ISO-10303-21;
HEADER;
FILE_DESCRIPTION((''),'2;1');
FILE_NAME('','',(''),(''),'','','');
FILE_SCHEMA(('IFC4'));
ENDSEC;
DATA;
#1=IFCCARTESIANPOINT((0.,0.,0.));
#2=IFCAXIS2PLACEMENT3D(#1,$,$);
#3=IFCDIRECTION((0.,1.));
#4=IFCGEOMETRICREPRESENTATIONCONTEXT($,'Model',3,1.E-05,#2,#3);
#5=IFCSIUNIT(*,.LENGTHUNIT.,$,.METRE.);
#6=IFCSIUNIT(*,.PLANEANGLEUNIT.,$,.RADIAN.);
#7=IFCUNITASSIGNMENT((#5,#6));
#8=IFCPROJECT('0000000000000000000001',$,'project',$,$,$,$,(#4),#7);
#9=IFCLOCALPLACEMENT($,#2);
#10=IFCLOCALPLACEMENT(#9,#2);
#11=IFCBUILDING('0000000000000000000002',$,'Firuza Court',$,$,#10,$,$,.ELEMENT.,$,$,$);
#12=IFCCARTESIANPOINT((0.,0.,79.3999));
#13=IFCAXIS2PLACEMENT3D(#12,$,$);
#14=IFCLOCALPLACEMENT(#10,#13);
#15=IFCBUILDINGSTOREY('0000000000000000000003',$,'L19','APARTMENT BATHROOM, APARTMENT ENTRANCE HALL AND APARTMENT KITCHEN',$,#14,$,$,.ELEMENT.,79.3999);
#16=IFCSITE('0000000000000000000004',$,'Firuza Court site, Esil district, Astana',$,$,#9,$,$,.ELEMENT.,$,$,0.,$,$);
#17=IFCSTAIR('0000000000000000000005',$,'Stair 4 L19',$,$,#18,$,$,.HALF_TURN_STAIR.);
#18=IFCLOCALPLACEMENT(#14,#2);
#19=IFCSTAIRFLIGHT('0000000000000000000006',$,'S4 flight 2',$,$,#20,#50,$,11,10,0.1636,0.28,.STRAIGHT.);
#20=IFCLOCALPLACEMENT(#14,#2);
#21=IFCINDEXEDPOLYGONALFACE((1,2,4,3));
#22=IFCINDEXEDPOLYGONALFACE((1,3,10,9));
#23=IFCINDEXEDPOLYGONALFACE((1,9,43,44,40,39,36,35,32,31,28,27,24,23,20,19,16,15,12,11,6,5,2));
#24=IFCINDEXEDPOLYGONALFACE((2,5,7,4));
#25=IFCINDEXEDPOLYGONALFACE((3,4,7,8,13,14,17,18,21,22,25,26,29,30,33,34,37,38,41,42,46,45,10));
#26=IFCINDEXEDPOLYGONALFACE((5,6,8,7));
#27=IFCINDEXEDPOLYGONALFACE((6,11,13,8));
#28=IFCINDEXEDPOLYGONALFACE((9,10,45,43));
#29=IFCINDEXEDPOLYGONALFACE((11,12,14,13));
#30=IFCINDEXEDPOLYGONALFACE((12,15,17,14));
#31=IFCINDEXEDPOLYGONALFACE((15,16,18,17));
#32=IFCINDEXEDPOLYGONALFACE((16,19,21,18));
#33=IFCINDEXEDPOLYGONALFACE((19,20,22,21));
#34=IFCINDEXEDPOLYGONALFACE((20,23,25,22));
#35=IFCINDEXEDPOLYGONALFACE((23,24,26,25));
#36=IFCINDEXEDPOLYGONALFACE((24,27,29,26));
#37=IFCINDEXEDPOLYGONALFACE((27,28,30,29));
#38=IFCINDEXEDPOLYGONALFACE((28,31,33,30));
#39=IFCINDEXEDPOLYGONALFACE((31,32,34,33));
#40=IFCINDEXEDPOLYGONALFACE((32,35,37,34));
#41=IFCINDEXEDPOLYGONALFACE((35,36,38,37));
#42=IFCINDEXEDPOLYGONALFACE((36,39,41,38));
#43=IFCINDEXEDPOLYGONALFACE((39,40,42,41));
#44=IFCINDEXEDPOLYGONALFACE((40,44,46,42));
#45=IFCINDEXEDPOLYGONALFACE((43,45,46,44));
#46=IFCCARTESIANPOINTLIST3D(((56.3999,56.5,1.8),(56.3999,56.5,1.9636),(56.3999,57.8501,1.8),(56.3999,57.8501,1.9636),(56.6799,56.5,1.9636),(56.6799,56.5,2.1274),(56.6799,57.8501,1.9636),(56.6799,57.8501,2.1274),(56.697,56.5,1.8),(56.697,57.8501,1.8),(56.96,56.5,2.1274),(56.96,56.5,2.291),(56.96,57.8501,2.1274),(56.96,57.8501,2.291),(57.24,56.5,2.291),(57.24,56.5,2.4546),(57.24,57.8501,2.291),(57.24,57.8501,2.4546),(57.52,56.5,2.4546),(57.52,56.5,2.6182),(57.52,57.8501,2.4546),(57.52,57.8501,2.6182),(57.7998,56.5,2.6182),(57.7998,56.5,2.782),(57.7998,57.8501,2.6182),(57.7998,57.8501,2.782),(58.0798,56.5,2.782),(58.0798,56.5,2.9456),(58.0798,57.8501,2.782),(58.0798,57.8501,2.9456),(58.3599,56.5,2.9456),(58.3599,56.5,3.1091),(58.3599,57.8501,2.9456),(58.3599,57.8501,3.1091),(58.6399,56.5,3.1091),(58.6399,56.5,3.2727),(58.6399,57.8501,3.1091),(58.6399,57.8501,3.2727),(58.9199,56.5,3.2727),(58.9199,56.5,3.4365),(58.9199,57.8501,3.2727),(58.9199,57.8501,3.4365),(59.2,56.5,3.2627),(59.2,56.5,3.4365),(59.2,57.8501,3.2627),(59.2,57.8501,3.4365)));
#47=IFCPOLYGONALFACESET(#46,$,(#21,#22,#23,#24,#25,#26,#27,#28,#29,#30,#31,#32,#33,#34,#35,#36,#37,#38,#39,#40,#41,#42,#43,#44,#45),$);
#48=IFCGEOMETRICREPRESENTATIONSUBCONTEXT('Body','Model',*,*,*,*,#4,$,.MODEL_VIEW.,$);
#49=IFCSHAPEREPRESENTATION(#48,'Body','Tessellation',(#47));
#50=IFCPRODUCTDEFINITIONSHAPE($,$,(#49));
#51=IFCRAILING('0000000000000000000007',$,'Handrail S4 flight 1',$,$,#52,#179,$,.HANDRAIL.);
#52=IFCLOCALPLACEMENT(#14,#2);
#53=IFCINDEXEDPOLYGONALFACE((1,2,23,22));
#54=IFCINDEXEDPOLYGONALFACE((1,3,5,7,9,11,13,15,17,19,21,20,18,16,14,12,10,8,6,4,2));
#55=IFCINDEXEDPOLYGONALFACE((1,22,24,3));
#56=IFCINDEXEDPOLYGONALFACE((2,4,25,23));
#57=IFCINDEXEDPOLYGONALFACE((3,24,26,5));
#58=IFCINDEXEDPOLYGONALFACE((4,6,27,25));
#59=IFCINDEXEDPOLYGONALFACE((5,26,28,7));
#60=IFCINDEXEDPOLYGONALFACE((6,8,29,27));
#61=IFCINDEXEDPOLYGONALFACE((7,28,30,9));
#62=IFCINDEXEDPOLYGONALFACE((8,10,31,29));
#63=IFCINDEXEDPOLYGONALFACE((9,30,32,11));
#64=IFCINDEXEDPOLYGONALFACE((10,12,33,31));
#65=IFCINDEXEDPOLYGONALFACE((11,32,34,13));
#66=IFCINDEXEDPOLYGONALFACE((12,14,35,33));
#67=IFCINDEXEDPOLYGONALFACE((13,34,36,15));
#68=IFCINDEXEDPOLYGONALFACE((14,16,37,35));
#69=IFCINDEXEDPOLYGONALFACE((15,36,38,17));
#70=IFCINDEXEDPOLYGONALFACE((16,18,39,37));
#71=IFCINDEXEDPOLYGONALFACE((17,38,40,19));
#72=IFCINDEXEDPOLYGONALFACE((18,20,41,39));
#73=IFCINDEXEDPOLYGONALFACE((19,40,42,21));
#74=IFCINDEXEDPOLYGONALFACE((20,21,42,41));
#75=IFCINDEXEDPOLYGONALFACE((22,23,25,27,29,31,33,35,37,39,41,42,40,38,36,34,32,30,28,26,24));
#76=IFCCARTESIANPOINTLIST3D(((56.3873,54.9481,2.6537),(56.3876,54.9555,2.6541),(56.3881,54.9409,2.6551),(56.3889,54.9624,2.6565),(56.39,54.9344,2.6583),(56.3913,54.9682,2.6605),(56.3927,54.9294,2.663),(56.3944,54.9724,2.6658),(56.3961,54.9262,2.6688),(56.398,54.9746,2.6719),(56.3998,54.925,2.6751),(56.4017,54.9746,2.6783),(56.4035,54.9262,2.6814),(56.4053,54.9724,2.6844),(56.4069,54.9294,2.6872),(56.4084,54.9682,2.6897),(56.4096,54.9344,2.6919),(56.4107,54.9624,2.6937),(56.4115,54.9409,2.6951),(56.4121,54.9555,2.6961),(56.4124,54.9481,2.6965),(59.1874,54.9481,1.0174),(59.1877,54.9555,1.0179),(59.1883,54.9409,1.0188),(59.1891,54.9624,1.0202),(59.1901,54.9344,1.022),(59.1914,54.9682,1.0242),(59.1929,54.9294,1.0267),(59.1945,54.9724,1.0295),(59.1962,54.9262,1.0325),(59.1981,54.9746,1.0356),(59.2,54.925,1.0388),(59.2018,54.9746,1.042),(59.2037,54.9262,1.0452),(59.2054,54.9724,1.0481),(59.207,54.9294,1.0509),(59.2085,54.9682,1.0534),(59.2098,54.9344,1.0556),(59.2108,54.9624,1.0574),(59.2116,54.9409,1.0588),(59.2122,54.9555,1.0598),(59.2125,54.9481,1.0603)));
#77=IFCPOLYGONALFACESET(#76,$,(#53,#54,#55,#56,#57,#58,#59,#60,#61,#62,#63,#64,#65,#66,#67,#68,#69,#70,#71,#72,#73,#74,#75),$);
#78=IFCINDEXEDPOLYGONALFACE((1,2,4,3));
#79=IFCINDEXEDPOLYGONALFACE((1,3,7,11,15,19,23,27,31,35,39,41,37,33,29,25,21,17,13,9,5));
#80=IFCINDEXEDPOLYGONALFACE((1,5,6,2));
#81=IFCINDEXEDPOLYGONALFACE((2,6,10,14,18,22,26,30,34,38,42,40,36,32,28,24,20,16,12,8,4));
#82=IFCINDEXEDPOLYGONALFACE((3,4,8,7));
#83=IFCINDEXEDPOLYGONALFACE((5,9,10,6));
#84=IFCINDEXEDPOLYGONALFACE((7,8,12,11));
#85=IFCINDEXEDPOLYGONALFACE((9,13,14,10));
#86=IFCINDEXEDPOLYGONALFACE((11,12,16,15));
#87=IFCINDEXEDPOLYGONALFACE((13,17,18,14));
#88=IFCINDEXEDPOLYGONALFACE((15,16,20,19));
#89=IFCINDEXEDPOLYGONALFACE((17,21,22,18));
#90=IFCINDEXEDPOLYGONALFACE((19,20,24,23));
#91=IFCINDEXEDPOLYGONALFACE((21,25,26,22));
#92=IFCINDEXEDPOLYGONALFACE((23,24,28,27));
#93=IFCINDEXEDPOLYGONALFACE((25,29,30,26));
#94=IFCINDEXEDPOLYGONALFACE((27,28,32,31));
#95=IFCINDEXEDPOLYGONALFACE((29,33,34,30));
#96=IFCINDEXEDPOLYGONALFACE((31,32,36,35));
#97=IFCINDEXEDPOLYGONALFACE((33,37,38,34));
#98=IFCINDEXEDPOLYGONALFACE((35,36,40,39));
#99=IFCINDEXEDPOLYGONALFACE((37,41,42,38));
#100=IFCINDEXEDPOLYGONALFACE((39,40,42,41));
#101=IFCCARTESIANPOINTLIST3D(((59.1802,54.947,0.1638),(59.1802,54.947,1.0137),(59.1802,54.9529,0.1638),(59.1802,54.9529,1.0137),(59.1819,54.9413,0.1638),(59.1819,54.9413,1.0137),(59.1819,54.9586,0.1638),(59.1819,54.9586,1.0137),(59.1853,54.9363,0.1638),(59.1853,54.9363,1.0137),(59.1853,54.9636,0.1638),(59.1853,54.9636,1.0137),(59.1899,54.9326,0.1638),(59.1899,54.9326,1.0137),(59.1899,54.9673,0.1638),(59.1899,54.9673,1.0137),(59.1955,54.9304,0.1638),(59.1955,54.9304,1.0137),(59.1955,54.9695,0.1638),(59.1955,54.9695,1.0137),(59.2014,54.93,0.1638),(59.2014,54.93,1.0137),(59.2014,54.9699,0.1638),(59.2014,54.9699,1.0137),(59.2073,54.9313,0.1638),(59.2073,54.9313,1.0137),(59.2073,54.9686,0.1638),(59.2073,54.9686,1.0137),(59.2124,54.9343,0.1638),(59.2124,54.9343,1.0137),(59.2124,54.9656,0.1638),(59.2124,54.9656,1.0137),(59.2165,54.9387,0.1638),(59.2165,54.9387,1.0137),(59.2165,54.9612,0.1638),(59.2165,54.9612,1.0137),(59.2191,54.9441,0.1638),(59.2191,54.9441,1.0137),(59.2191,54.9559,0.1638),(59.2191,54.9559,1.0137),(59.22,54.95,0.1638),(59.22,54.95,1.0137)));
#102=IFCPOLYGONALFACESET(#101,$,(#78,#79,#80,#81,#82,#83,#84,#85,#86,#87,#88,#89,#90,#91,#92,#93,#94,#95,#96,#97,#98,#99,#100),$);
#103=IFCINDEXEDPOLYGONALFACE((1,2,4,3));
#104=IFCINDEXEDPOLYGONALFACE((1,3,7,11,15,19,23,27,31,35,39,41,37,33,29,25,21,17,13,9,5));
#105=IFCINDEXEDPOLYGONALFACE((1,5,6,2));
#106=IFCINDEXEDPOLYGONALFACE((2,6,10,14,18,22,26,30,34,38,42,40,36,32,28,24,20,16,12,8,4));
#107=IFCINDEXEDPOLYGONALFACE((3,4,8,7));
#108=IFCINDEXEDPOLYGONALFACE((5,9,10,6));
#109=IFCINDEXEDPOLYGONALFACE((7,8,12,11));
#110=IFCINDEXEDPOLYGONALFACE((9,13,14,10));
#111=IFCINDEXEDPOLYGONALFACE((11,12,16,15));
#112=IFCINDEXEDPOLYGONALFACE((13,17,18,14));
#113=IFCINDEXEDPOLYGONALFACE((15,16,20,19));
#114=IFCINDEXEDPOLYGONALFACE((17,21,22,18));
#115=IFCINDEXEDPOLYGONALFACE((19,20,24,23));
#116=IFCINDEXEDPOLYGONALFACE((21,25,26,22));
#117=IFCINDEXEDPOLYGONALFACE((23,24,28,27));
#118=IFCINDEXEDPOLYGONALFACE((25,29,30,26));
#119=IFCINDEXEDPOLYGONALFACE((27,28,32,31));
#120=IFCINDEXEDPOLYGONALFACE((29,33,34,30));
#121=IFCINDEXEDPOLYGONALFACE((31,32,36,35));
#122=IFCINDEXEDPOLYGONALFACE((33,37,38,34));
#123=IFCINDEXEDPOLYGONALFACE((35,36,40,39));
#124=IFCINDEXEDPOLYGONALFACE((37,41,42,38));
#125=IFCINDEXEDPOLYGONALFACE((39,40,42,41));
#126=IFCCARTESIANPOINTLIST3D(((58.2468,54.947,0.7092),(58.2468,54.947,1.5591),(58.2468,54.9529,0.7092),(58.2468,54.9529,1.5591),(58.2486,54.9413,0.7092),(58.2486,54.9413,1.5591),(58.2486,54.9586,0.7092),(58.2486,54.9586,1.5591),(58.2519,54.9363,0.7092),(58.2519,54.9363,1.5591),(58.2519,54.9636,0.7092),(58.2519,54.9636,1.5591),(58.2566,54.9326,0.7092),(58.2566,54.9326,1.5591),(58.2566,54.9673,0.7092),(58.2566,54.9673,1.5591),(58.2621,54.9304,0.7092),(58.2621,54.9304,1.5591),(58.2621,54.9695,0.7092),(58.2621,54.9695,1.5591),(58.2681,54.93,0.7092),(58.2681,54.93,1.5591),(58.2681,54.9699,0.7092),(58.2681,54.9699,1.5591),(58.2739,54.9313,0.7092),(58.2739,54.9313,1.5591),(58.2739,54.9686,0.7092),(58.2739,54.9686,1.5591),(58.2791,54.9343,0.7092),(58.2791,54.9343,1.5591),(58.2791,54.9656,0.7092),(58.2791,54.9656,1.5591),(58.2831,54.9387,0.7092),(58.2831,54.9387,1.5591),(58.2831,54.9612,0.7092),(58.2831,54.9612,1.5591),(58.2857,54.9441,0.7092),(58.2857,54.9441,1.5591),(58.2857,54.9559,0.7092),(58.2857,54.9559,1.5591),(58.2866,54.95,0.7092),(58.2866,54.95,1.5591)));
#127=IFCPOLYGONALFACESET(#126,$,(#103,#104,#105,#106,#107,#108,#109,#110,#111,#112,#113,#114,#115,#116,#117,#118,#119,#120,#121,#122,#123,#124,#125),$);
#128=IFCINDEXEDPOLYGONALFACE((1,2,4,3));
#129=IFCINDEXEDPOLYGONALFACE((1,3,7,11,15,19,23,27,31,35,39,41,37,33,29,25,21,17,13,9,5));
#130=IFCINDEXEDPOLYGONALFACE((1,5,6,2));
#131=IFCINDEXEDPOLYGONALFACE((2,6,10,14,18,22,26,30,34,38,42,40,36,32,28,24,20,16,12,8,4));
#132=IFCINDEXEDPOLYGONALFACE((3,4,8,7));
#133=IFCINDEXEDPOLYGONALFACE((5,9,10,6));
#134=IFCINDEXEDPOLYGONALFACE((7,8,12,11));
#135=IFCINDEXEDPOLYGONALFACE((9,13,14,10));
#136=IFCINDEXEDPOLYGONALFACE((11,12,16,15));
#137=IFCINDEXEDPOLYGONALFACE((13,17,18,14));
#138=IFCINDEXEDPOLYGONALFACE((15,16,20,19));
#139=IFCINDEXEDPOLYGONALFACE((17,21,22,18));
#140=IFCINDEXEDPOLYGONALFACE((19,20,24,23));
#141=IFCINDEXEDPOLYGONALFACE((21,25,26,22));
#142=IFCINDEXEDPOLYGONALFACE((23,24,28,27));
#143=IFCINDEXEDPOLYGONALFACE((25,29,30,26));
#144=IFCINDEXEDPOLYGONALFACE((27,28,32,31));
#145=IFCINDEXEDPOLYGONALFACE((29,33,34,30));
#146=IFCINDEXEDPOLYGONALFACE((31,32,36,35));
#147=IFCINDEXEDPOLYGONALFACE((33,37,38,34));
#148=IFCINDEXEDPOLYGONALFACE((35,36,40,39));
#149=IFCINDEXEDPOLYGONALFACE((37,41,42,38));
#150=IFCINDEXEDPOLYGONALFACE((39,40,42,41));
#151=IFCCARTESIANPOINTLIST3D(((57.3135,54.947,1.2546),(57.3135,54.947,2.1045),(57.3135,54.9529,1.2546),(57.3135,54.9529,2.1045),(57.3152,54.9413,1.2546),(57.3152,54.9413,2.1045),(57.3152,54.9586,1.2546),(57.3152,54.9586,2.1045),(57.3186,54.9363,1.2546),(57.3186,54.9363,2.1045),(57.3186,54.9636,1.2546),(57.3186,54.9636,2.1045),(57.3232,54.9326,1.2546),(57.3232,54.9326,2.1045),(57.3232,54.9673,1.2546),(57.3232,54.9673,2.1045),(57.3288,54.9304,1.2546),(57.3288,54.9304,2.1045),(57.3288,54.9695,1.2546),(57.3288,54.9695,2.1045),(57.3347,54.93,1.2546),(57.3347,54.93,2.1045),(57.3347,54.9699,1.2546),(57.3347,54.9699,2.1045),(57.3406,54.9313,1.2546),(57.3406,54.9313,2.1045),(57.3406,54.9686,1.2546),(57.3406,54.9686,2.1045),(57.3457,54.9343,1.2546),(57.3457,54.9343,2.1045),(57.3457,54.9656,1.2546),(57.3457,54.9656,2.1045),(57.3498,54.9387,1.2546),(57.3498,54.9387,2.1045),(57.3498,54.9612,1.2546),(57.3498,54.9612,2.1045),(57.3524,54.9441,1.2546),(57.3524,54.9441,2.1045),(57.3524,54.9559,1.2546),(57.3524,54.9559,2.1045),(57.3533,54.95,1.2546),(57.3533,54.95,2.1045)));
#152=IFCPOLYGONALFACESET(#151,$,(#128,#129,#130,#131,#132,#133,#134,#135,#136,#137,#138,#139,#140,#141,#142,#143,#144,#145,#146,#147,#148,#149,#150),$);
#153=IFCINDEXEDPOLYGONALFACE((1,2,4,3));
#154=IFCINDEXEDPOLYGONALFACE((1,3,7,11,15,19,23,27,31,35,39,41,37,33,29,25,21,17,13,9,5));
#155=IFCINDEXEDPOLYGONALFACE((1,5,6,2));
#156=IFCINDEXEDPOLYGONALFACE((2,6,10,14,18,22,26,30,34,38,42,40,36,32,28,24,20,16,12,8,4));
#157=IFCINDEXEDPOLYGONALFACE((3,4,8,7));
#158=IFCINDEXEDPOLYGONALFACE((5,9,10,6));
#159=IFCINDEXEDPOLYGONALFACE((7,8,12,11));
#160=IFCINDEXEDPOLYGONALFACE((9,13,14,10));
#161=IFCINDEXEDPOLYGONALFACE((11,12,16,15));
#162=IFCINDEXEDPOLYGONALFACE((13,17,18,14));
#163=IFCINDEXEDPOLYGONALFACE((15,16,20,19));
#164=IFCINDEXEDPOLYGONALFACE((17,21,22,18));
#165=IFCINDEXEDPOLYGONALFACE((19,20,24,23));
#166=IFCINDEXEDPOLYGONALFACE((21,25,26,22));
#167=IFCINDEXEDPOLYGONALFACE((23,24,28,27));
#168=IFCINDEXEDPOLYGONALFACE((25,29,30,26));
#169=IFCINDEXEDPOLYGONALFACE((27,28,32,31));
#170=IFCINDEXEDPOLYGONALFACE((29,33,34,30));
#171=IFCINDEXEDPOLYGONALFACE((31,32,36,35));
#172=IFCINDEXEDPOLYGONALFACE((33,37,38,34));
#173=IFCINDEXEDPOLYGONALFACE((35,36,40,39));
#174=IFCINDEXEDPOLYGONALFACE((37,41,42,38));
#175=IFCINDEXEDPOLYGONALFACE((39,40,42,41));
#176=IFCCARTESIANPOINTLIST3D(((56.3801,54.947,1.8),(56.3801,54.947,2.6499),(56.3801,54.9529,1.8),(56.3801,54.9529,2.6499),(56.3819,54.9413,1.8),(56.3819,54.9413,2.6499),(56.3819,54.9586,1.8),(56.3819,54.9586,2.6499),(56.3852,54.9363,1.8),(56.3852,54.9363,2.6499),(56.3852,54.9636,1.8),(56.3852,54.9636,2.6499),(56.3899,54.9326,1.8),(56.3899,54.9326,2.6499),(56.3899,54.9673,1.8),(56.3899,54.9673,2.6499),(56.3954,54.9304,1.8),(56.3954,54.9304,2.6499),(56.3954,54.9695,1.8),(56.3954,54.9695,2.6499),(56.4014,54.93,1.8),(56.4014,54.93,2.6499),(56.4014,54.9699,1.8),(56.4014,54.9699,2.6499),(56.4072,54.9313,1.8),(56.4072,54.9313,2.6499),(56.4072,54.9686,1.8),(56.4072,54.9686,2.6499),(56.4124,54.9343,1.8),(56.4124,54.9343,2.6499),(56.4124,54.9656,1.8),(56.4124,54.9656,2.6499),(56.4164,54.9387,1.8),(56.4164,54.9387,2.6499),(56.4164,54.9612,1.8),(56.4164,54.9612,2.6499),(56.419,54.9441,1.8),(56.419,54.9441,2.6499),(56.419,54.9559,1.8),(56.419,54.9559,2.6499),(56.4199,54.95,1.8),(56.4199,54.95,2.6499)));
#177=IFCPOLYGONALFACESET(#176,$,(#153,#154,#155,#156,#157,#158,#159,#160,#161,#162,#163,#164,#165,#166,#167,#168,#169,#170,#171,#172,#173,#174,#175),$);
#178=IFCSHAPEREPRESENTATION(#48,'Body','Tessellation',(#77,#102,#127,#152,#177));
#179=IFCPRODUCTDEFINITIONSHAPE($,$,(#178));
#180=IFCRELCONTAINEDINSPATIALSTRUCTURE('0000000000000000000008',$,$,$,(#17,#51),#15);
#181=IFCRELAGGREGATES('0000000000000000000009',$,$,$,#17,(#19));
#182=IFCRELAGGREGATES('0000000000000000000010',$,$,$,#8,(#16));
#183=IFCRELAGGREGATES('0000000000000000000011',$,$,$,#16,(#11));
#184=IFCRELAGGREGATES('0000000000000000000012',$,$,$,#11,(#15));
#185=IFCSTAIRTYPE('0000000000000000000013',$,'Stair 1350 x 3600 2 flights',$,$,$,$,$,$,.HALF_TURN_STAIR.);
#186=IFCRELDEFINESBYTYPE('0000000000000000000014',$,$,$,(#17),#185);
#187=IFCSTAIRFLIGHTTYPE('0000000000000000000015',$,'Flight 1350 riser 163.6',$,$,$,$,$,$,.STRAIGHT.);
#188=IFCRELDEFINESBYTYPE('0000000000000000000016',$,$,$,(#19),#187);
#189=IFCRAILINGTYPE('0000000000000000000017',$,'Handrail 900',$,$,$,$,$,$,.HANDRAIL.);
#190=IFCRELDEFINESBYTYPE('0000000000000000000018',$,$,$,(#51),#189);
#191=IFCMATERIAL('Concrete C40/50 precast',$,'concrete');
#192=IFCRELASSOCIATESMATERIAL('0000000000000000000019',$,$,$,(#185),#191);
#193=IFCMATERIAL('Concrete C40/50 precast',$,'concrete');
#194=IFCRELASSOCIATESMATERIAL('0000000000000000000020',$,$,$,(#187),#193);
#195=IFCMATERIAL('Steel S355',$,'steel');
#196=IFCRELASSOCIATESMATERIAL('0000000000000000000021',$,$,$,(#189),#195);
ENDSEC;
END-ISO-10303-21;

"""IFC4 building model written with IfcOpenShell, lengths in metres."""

from ifc_helpers import new_model, si_unit, direction, frame, origin, origin_2d, place, context, subcontext, project, spatial, polyline, circle, outline, extrude, material, type_object, element, aggregate, save


model = new_model("IFC4")

# Units and contexts
model_context = context("Model", 3, precision=1e-05, world=origin(), true_north=direction((0.0, 1.0)))
body_context = subcontext(model_context, "Body", "Model", "MODEL_VIEW")
ifc_project = project(units=[si_unit("LENGTHUNIT", "METRE"), si_unit("PLANEANGLEUNIT", "RADIAN")], contexts=[model_context])

# Site, building, storey
site_placement = place(None, origin())
site = spatial("IfcSite", under=ifc_project, at=site_placement, Name="Firuza Court site, Esil district, Astana", CompositionType="ELEMENT", RefElevation=0.0)
building_placement = place(site_placement, origin())
building = spatial("IfcBuilding", under=site, at=building_placement, Name="Firuza Court", CompositionType="ELEMENT")
storey_placement = place(building_placement, frame((0.0, 0.0, 79.3999)))
storey = spatial("IfcBuildingStorey", under=building, at=storey_placement, Name="L19", Description="APARTMENT BATHROOM, APARTMENT ENTRANCE HALL AND APARTMENT KITCHEN", CompositionType="ELEMENT", Elevation=79.3999)

# Stair, stair flight
ifc_material_1 = material(Name="Concrete C40/50 precast", Category="concrete")
stair_type = type_object("IfcStairType", Name="Stair 1350 x 3600 2 flights", PredefinedType="HALF_TURN_STAIR", material=ifc_material_1)
stair_placement = place(storey_placement, origin())
stair = element("IfcStair", 1, at=stair_placement, inside=storey, type_object=stair_type, Name="Stair 4 L19", PredefinedType="HALF_TURN_STAIR")
ifc_material_2 = material(Name="Concrete C40/50 precast", Category="concrete")
stair_flight_type = type_object("IfcStairFlightType", Name="Flight 1350 riser 163.6", PredefinedType="STRAIGHT", material=ifc_material_2)
stair_flight_1_placement = place(storey_placement, frame((56.3999, 57.175, 1.8), z_axis=(0.0, 0.0, 1.0), x_axis=(1.0, 0.0, 0.0)))
stair_flight_1 = element("IfcStairFlight", 2, at=stair_flight_1_placement, type_object=stair_flight_type, Name="S4 flight 2", NumberOfRisers=11, NumberOfTreads=10, PredefinedType="STRAIGHT", RiserHeight=0.1636, TreadLength=0.28, context=body_context, shape_type="SweptSolid", body=[
    extrude(outline(polyline([(0.0, 0.0), (0.0, 0.1636), (0.28, 0.1636), (0.28, 0.3274), (0.5601, 0.3274), (0.5601, 0.491), (0.8401, 0.491), (0.8401, 0.6545), (1.1201, 0.6545), (1.1201, 0.8181), (1.3999, 0.8181), (1.3999, 0.9819), (1.6799, 0.9819), (1.6799, 1.1455), (1.96, 1.1455), (1.96, 1.3091), (2.24, 1.3091), (2.24, 1.4727), (2.52, 1.4727), (2.52, 1.6365), (2.8, 1.6365), (2.8, 1.8), (2.8, 1.4626), (0.2971, 0.0), (0.0, 0.0)])), frame((0.0, 0.675, 0.0), z_axis=(0.0, -1.0, 0.0), x_axis=(1.0, 0.0, 0.0)), (0.0, 0.0, 1.0), 1.3501),
])
aggregate(stair, [stair_flight_1])

# Railing
ifc_material_3 = material(Name="Steel S355", Category="steel")
railing_type_1 = type_object("IfcRailingType", Name="Handrail 900", PredefinedType="HANDRAIL", material=ifc_material_3)
railing_1_placement = place(storey_placement, frame((59.2, 54.95, 0.1638)))
element("IfcRailing", 3, at=railing_1_placement, inside=storey, type_object=railing_type_1, Name="Handrail S4 flight 1", PredefinedType="HANDRAIL", context=body_context, shape_type="SweptSolid", body=[
    extrude(circle(Radius=0.0249, at=origin_2d()), frame((0.0, 0.0, 0.875), z_axis=(-0.863394, 0.0, 0.504531), x_axis=(0.0, -1.0, 0.0)), (0.0, 0.0, 1.0), 3.2432),
    extrude(circle(Radius=0.02, at=origin_2d()), origin(), (0.0, 0.0, 1.0), 0.8499),
    extrude(circle(Radius=0.02, at=origin_2d()), frame((-0.9333, 0.0, 0.5454)), (0.0, 0.0, 1.0), 0.8499),
    extrude(circle(Radius=0.02, at=origin_2d()), frame((-1.8667, 0.0, 1.0908)), (0.0, 0.0, 1.0), 0.8499),
    extrude(circle(Radius=0.02, at=origin_2d()), frame((-2.8, 0.0, 1.6362)), (0.0, 0.0, 1.0), 0.8499),
])

save(model, "model.ifc")
